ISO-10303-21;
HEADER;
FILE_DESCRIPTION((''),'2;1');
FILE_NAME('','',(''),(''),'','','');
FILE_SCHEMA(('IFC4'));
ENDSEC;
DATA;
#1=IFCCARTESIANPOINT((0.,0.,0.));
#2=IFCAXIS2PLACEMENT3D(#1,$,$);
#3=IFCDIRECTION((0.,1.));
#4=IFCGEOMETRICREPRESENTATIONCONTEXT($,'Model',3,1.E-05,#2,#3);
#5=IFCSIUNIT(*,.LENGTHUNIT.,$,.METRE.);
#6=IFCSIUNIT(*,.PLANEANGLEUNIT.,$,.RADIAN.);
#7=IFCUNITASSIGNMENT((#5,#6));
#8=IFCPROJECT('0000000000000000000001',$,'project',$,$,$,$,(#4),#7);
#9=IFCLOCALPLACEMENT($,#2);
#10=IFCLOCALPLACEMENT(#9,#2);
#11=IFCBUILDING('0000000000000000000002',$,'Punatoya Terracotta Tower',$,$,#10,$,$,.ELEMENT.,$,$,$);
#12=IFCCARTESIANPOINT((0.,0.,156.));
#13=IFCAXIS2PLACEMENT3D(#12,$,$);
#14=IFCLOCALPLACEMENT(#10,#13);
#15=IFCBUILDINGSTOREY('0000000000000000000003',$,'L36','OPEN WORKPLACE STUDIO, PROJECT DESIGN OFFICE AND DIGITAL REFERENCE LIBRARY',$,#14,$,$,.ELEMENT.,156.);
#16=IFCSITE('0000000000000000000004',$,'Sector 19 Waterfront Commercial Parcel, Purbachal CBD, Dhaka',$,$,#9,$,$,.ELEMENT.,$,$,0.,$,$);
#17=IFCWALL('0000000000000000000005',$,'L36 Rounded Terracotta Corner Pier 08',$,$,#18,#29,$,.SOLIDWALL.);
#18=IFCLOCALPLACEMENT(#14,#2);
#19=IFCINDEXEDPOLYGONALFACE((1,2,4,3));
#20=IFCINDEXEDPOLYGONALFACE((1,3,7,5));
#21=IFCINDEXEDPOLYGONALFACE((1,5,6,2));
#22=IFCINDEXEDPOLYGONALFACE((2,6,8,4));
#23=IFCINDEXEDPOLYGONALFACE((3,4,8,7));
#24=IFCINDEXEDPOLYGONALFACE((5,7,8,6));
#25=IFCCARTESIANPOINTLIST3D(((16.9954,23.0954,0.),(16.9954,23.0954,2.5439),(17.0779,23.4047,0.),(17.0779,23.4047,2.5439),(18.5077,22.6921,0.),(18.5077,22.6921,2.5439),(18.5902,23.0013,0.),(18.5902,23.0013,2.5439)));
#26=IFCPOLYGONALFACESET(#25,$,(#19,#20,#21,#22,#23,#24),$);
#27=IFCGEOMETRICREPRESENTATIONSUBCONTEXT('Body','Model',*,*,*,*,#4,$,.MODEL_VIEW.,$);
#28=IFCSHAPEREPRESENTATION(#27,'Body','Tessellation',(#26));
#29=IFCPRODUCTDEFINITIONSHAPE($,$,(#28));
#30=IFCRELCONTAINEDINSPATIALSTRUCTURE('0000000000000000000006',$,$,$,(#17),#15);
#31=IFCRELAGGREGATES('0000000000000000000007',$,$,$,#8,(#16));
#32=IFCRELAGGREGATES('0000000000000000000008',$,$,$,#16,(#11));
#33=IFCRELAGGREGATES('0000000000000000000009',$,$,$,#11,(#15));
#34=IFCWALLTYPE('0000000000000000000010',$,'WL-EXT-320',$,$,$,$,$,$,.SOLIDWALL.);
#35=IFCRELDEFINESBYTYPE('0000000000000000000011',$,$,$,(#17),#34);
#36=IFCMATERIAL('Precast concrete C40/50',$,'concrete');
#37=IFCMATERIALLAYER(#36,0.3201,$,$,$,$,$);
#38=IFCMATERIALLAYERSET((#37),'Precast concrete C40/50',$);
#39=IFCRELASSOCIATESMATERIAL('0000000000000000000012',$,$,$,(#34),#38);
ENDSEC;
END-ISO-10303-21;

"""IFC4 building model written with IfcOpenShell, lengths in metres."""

from ifc_helpers import new_model, si_unit, direction, frame, frame_2d, origin, place, context, subcontext, project, spatial, rectangle, extrude, material, layer, layer_set, type_object, element, save


model = new_model("IFC4")

# Units and contexts
model_context = context("Model", 3, precision=1e-05, world=origin(), true_north=direction((0.0, 1.0)))
body_context = subcontext(model_context, "Body", "Model", "MODEL_VIEW")
ifc_project = project(units=[si_unit("LENGTHUNIT", "METRE"), si_unit("PLANEANGLEUNIT", "RADIAN")], contexts=[model_context])

# Site, building, storey
site_placement = place(None, origin())
site = spatial("IfcSite", under=ifc_project, at=site_placement, Name="Sector 19 Waterfront Commercial Parcel, Purbachal CBD, Dhaka", CompositionType="ELEMENT", RefElevation=0.0)
building_placement = place(site_placement, origin())
building = spatial("IfcBuilding", under=site, at=building_placement, Name="Punatoya Terracotta Tower", CompositionType="ELEMENT")
storey_placement = place(building_placement, frame((0.0, 0.0, 156.0)))
storey = spatial("IfcBuildingStorey", under=building, at=storey_placement, Name="L36", Description="OPEN WORKPLACE STUDIO, PROJECT DESIGN OFFICE AND DIGITAL REFERENCE LIBRARY", CompositionType="ELEMENT", Elevation=156.0)

# Wall
ifc_material_1 = material(Name="Precast concrete C40/50", Category="concrete")
ifc_layer_1 = layer(ifc_material_1, 0.3201)
ifc_layer_set_1 = layer_set([ifc_layer_1], Name="Precast concrete C40/50")
wall_type = type_object("IfcWallType", Name="WL-EXT-320", PredefinedType="SOLIDWALL", material=ifc_layer_set_1)
wall_1_placement = place(storey_placement, frame((18.5491, 22.8467, 0.0), z_axis=(0.0, 0.0, 1.0), x_axis=(-0.966225, 0.257701, 0.0)))
element("IfcWall", 1, at=wall_1_placement, inside=storey, type_object=wall_type, Name="L36 Rounded Terracotta Corner Pier 08", PredefinedType="SOLIDWALL", context=body_context, shape_type="SweptSolid", body=[
    extrude(rectangle(XDim=1.5652, YDim=0.3201, at=frame_2d((0.7827, 0.0))), origin(), (0.0, 0.0, 1.0), 2.5439),
])

save(model, "model.ifc")
